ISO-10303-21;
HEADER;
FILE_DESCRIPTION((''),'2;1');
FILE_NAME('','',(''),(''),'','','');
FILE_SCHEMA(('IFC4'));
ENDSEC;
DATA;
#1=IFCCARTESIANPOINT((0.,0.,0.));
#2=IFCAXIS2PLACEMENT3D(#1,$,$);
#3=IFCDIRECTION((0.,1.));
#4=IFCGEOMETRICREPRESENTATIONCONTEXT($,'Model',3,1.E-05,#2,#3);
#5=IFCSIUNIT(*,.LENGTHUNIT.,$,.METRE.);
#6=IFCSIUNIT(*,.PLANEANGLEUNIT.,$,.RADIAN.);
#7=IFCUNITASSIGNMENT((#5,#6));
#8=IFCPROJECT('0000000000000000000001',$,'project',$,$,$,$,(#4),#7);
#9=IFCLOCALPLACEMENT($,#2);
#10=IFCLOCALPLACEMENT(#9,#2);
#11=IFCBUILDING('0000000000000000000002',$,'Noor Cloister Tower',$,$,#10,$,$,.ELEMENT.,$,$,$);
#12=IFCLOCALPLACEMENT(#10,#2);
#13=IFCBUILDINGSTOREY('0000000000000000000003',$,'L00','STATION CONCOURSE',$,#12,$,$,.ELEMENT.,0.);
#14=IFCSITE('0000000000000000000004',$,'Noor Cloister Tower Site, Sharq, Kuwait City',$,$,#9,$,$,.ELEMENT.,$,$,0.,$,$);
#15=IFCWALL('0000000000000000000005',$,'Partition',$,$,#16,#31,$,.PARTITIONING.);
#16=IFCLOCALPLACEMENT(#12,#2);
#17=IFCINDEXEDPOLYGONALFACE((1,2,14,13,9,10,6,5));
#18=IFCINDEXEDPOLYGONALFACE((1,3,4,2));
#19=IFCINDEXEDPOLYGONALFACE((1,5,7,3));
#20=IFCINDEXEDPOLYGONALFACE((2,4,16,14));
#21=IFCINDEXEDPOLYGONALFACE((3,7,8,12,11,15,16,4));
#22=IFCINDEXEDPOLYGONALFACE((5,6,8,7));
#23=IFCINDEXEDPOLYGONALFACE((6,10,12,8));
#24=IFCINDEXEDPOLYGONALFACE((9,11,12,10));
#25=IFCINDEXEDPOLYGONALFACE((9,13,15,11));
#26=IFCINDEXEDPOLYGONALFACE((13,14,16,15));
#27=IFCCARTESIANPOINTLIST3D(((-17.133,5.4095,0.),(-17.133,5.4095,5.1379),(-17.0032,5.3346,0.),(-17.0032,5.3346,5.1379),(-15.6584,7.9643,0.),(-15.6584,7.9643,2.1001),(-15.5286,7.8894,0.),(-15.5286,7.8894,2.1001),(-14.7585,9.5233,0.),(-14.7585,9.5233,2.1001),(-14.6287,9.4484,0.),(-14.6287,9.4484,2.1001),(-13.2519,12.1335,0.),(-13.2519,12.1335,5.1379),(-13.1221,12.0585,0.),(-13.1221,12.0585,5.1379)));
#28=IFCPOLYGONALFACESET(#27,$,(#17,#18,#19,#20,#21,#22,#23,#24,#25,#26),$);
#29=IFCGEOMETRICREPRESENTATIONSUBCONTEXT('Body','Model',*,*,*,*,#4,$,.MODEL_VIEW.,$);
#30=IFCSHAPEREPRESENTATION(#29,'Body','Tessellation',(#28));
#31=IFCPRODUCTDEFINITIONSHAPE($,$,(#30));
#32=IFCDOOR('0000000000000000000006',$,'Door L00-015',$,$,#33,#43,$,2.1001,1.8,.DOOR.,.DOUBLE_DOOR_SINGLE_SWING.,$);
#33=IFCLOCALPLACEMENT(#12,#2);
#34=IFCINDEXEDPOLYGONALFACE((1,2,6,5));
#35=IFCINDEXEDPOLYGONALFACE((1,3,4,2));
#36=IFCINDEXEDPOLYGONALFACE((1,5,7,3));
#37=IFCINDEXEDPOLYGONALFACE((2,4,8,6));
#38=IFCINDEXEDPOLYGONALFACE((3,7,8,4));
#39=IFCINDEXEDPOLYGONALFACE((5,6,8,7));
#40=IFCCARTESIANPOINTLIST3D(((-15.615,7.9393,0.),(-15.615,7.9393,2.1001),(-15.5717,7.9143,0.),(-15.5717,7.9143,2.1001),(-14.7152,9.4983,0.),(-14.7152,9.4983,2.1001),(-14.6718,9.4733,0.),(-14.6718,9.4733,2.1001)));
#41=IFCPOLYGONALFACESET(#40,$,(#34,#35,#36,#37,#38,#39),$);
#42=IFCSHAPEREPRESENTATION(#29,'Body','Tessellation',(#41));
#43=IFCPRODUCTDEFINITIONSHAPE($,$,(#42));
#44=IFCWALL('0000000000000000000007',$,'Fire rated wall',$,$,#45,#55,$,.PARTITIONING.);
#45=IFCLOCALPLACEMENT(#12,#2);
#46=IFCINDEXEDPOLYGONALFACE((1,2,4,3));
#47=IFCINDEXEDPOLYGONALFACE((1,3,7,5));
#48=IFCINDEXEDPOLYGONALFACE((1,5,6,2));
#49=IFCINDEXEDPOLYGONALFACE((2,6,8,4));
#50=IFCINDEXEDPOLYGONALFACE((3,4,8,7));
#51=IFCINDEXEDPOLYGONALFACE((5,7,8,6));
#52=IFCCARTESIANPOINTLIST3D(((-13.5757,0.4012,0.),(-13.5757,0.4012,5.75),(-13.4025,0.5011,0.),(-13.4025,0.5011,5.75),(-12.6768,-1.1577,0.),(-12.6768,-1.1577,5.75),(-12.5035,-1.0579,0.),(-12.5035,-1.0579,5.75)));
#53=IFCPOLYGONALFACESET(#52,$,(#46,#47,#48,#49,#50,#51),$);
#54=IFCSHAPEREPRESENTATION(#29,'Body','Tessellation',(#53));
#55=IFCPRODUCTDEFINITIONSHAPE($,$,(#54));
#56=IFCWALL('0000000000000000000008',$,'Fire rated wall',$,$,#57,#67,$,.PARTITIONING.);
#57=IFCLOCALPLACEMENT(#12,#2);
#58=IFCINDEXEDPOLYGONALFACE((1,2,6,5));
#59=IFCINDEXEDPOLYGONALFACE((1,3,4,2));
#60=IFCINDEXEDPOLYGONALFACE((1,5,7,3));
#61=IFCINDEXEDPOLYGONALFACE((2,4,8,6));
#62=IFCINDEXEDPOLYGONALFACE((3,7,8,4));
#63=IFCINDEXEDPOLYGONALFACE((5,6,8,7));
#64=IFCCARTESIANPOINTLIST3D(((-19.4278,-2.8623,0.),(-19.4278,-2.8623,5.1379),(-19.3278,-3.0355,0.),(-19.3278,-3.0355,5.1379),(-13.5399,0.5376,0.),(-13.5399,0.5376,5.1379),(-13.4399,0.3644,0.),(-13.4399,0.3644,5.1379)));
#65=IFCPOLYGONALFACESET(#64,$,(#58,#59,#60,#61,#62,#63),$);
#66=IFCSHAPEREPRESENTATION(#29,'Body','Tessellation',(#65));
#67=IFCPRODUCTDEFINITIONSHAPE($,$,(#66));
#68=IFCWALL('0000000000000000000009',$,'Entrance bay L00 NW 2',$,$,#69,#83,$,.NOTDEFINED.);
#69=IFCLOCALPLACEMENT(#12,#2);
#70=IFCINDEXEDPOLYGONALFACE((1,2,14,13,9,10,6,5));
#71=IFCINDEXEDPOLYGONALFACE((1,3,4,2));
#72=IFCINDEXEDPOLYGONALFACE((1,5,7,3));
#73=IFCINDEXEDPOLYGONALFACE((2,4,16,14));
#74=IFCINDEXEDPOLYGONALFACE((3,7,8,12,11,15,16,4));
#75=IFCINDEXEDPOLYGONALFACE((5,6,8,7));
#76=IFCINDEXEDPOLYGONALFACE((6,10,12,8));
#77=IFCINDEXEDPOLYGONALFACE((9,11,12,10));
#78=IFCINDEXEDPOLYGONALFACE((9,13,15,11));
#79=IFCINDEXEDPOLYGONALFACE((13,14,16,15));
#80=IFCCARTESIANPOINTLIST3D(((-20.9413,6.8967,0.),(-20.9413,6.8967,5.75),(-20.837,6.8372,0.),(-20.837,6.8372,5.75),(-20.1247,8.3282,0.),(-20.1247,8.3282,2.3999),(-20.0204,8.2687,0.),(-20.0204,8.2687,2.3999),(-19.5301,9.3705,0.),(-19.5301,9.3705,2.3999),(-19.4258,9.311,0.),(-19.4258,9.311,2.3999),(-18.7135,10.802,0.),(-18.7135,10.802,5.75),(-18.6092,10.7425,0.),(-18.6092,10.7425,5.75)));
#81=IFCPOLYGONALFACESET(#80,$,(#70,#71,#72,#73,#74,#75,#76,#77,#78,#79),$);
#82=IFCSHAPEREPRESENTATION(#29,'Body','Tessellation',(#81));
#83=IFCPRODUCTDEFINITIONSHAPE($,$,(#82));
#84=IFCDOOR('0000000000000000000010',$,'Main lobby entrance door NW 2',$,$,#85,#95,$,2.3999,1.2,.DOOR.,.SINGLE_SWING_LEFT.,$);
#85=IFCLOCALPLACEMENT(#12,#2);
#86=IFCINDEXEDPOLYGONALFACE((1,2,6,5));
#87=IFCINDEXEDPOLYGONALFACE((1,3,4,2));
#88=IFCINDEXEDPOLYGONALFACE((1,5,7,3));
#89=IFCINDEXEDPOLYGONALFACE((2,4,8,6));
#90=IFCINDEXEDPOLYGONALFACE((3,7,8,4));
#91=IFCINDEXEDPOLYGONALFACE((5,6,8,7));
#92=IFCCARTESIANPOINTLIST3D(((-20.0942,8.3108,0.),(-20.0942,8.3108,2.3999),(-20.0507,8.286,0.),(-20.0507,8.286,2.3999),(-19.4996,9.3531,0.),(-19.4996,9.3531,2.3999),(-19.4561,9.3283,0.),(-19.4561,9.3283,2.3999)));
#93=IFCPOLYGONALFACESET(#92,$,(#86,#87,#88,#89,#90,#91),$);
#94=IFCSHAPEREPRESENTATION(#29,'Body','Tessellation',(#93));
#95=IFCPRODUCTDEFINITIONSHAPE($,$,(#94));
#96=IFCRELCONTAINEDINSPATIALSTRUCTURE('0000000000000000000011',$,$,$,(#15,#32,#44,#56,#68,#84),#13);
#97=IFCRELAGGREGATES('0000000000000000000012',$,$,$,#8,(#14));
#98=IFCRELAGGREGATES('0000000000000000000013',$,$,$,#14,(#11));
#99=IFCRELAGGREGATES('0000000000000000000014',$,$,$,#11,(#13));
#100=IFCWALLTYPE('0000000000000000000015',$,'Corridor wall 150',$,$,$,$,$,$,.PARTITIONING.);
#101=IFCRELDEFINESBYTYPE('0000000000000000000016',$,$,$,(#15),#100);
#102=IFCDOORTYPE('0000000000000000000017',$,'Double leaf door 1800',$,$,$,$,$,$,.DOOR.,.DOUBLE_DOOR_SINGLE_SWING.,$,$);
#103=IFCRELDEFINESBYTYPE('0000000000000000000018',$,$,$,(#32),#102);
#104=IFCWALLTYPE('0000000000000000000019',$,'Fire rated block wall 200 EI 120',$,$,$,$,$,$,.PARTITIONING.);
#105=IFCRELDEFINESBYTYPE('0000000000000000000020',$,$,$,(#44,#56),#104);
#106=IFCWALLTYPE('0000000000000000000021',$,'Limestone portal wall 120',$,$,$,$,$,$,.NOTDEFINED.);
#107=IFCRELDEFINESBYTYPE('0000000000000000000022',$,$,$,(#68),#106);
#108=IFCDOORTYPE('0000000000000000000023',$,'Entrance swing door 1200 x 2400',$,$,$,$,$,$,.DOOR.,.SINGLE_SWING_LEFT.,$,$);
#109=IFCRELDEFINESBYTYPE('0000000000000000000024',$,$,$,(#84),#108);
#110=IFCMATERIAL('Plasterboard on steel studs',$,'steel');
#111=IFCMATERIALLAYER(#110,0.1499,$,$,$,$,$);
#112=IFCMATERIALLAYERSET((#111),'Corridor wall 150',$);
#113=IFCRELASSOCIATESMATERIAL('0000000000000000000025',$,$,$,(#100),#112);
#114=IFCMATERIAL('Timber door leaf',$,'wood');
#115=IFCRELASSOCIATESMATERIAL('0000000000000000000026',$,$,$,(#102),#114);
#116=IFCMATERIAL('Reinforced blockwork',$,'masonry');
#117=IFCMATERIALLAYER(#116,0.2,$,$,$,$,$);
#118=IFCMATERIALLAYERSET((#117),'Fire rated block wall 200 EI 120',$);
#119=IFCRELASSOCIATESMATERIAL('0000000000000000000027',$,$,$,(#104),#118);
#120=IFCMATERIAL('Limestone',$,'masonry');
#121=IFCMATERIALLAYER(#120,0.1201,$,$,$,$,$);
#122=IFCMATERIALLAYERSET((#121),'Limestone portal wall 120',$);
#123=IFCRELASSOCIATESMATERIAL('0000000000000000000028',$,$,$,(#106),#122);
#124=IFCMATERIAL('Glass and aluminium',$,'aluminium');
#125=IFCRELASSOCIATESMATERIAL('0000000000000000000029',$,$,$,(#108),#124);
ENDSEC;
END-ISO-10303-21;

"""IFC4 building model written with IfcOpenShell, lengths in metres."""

from ifc_helpers import new_model, si_unit, direction, frame, frame_2d, origin, place, context, subcontext, project, spatial, rectangle, extrude, material, layer, layer_set, type_object, element, fill, save


model = new_model("IFC4")

# Units and contexts
model_context = context("Model", 3, precision=1e-05, world=origin(), true_north=direction((0.0, 1.0)))
body_context = subcontext(model_context, "Body", "Model", "MODEL_VIEW")
ifc_project = project(units=[si_unit("LENGTHUNIT", "METRE"), si_unit("PLANEANGLEUNIT", "RADIAN")], contexts=[model_context])

# Site, building, storey
site_placement = place(None, origin())
site = spatial("IfcSite", under=ifc_project, at=site_placement, Name="Noor Cloister Tower Site, Sharq, Kuwait City", CompositionType="ELEMENT", RefElevation=0.0)
building_placement = place(site_placement, origin())
building = spatial("IfcBuilding", under=site, at=building_placement, Name="Noor Cloister Tower", CompositionType="ELEMENT")
storey_placement = place(building_placement, origin())
storey = spatial("IfcBuildingStorey", under=building, at=storey_placement, Name="L00", Description="STATION CONCOURSE", CompositionType="ELEMENT", Elevation=0.0)

# Shared definitions
ifc_material_1 = material(Name="Plasterboard on steel studs", Category="steel")
ifc_layer_1 = layer(ifc_material_1, 0.1499)
ifc_layer_set_1 = layer_set([ifc_layer_1], Name="Corridor wall 150")
wall_type_1 = type_object("IfcWallType", Name="Corridor wall 150", PredefinedType="PARTITIONING", material=ifc_layer_set_1)

# Wall, opening, door
wall_1_placement = place(storey_placement, frame((-17.0681, 5.3721, 0.0), z_axis=(0.0, 0.0, 1.0), x_axis=(0.49991, 0.866077, 0.0)))
wall_1 = element("IfcWall", 1, at=wall_1_placement, inside=storey, type_object=wall_type_1, Name="Partition", PredefinedType="PARTITIONING", context=body_context, shape_type="SweptSolid", body=[
    extrude(rectangle(XDim=7.7637, YDim=0.1499, at=frame_2d((3.8818, 0.0))), origin(), (0.0, 0.0, 1.0), 5.1379),
])
opening_1_placement = place(wall_1_placement, frame((2.95, 0.0, 0.0)))
opening_1 = element("IfcOpeningElement", 2, at=opening_1_placement, cuts=wall_1, PredefinedType="OPENING", context=body_context, shape_type="SweptSolid", body=[
    extrude(rectangle(XDim=1.8, YDim=2.1001, at=frame_2d((0.8999, 1.05))), frame((0.0, 0.085, 0.0), z_axis=(0.0, -1.0, 0.0), x_axis=(1.0, 0.0, 0.0)), (0.0, 0.0, 1.0), 0.1699),
])
ifc_material_2 = material(Name="Timber door leaf", Category="wood")
door_type_1 = type_object("IfcDoorType", Name="Double leaf door 1800", OperationType="DOUBLE_DOOR_SINGLE_SWING", PredefinedType="DOOR", material=ifc_material_2)
door_1_placement = place(opening_1_placement, origin())
door_1 = element("IfcDoor", 3, at=door_1_placement, inside=storey, type_object=door_type_1, Name="Door L00-015", OperationType="DOUBLE_DOOR_SINGLE_SWING", OverallHeight=2.1001, OverallWidth=1.8, PredefinedType="DOOR", context=body_context, shape_type="SweptSolid", body=[
    extrude(rectangle(XDim=1.8, YDim=2.1001, at=frame_2d((0.8999, 1.05))), frame((0.0, 0.0249, 0.0), z_axis=(0.0, -1.0, 0.0), x_axis=(1.0, 0.0, 0.0)), (0.0, 0.0, 1.0), 0.05),
])
fill(opening_1, door_1)

# Walls
ifc_material_3 = material(Name="Reinforced blockwork", Category="masonry")
ifc_layer_2 = layer(ifc_material_3, 0.2)
ifc_layer_set_2 = layer_set([ifc_layer_2], Name="Fire rated block wall 200 EI 120")
wall_type_2 = type_object("IfcWallType", Name="Fire rated block wall 200 EI 120", PredefinedType="PARTITIONING", material=ifc_layer_set_2)
wall_2_placement = place(storey_placement, frame((-12.5901, -1.1079, 0.0), z_axis=(0.0, 0.0, 1.0), x_axis=(-0.499554, 0.866283, 0.0)))
element("IfcWall", 4, at=wall_2_placement, inside=storey, type_object=wall_type_2, Name="Fire rated wall", PredefinedType="PARTITIONING", context=body_context, shape_type="SweptSolid", body=[
    extrude(rectangle(XDim=1.7996, YDim=0.2, at=frame_2d((0.8999, 0.0))), origin(), (0.0, 0.0, 1.0), 5.75),
])
wall_3_placement = place(storey_placement, frame((-13.49, 0.4509, 0.0), z_axis=(0.0, 0.0, 1.0), x_axis=(-0.865994, -0.500055, 0.0)))
element("IfcWall", 5, at=wall_3_placement, inside=storey, type_object=wall_type_2, Name="Fire rated wall", PredefinedType="PARTITIONING", context=body_context, shape_type="SweptSolid", body=[
    extrude(rectangle(XDim=6.7991, YDim=0.2, at=frame_2d((3.3994, 0.0))), origin(), (0.0, 0.0, 1.0), 5.1379),
])

# Wall, opening, door
ifc_material_4 = material(Name="Limestone", Category="masonry")
ifc_layer_3 = layer(ifc_material_4, 0.1201)
ifc_layer_set_3 = layer_set([ifc_layer_3], Name="Limestone portal wall 120")
wall_type_3 = type_object("IfcWallType", Name="Limestone portal wall 120", PredefinedType="NOTDEFINED", material=ifc_layer_set_3)
wall_4_placement = place(storey_placement, frame((-20.8892, 6.8669, 0.0), z_axis=(0.0, 0.0, 1.0), x_axis=(0.495501, 0.868607, 0.0)))
wall_4 = element("IfcWall", 6, at=wall_4_placement, inside=storey, type_object=wall_type_3, Name="Entrance bay L00 NW 2", PredefinedType="NOTDEFINED", context=body_context, shape_type="SweptSolid", body=[
    extrude(rectangle(XDim=4.4961, YDim=0.1201, at=frame_2d((2.248, 0.0))), origin(), (0.0, 0.0, 1.0), 5.75),
])
opening_2_placement = place(wall_4_placement, frame((1.6479, 0.0, 0.0)))
opening_2 = element("IfcOpeningElement", 7, at=opening_2_placement, cuts=wall_4, PredefinedType="OPENING", context=body_context, shape_type="SweptSolid", body=[
    extrude(rectangle(XDim=1.2, YDim=2.3999, at=frame_2d((0.6001, 1.2))), frame((0.0, 0.0701, 0.0), z_axis=(0.0, -1.0, 0.0), x_axis=(1.0, 0.0, 0.0)), (0.0, 0.0, 1.0), 0.1401),
])
ifc_material_5 = material(Name="Glass and aluminium", Category="aluminium")
door_type_2 = type_object("IfcDoorType", Name="Entrance swing door 1200 x 2400", OperationType="SINGLE_SWING_LEFT", PredefinedType="DOOR", material=ifc_material_5)
door_2_placement = place(opening_2_placement, origin())
door_2 = element("IfcDoor", 8, at=door_2_placement, inside=storey, type_object=door_type_2, Name="Main lobby entrance door NW 2", OperationType="SINGLE_SWING_LEFT", OverallHeight=2.3999, OverallWidth=1.2, PredefinedType="DOOR", context=body_context, shape_type="SweptSolid", body=[
    extrude(rectangle(XDim=1.2, YDim=2.3999, at=frame_2d((0.6001, 1.2))), frame((0.0, 0.0249, 0.0), z_axis=(0.0, -1.0, 0.0), x_axis=(1.0, 0.0, 0.0)), (0.0, 0.0, 1.0), 0.05),
])
fill(opening_2, door_2)

save(model, "model.ifc")
